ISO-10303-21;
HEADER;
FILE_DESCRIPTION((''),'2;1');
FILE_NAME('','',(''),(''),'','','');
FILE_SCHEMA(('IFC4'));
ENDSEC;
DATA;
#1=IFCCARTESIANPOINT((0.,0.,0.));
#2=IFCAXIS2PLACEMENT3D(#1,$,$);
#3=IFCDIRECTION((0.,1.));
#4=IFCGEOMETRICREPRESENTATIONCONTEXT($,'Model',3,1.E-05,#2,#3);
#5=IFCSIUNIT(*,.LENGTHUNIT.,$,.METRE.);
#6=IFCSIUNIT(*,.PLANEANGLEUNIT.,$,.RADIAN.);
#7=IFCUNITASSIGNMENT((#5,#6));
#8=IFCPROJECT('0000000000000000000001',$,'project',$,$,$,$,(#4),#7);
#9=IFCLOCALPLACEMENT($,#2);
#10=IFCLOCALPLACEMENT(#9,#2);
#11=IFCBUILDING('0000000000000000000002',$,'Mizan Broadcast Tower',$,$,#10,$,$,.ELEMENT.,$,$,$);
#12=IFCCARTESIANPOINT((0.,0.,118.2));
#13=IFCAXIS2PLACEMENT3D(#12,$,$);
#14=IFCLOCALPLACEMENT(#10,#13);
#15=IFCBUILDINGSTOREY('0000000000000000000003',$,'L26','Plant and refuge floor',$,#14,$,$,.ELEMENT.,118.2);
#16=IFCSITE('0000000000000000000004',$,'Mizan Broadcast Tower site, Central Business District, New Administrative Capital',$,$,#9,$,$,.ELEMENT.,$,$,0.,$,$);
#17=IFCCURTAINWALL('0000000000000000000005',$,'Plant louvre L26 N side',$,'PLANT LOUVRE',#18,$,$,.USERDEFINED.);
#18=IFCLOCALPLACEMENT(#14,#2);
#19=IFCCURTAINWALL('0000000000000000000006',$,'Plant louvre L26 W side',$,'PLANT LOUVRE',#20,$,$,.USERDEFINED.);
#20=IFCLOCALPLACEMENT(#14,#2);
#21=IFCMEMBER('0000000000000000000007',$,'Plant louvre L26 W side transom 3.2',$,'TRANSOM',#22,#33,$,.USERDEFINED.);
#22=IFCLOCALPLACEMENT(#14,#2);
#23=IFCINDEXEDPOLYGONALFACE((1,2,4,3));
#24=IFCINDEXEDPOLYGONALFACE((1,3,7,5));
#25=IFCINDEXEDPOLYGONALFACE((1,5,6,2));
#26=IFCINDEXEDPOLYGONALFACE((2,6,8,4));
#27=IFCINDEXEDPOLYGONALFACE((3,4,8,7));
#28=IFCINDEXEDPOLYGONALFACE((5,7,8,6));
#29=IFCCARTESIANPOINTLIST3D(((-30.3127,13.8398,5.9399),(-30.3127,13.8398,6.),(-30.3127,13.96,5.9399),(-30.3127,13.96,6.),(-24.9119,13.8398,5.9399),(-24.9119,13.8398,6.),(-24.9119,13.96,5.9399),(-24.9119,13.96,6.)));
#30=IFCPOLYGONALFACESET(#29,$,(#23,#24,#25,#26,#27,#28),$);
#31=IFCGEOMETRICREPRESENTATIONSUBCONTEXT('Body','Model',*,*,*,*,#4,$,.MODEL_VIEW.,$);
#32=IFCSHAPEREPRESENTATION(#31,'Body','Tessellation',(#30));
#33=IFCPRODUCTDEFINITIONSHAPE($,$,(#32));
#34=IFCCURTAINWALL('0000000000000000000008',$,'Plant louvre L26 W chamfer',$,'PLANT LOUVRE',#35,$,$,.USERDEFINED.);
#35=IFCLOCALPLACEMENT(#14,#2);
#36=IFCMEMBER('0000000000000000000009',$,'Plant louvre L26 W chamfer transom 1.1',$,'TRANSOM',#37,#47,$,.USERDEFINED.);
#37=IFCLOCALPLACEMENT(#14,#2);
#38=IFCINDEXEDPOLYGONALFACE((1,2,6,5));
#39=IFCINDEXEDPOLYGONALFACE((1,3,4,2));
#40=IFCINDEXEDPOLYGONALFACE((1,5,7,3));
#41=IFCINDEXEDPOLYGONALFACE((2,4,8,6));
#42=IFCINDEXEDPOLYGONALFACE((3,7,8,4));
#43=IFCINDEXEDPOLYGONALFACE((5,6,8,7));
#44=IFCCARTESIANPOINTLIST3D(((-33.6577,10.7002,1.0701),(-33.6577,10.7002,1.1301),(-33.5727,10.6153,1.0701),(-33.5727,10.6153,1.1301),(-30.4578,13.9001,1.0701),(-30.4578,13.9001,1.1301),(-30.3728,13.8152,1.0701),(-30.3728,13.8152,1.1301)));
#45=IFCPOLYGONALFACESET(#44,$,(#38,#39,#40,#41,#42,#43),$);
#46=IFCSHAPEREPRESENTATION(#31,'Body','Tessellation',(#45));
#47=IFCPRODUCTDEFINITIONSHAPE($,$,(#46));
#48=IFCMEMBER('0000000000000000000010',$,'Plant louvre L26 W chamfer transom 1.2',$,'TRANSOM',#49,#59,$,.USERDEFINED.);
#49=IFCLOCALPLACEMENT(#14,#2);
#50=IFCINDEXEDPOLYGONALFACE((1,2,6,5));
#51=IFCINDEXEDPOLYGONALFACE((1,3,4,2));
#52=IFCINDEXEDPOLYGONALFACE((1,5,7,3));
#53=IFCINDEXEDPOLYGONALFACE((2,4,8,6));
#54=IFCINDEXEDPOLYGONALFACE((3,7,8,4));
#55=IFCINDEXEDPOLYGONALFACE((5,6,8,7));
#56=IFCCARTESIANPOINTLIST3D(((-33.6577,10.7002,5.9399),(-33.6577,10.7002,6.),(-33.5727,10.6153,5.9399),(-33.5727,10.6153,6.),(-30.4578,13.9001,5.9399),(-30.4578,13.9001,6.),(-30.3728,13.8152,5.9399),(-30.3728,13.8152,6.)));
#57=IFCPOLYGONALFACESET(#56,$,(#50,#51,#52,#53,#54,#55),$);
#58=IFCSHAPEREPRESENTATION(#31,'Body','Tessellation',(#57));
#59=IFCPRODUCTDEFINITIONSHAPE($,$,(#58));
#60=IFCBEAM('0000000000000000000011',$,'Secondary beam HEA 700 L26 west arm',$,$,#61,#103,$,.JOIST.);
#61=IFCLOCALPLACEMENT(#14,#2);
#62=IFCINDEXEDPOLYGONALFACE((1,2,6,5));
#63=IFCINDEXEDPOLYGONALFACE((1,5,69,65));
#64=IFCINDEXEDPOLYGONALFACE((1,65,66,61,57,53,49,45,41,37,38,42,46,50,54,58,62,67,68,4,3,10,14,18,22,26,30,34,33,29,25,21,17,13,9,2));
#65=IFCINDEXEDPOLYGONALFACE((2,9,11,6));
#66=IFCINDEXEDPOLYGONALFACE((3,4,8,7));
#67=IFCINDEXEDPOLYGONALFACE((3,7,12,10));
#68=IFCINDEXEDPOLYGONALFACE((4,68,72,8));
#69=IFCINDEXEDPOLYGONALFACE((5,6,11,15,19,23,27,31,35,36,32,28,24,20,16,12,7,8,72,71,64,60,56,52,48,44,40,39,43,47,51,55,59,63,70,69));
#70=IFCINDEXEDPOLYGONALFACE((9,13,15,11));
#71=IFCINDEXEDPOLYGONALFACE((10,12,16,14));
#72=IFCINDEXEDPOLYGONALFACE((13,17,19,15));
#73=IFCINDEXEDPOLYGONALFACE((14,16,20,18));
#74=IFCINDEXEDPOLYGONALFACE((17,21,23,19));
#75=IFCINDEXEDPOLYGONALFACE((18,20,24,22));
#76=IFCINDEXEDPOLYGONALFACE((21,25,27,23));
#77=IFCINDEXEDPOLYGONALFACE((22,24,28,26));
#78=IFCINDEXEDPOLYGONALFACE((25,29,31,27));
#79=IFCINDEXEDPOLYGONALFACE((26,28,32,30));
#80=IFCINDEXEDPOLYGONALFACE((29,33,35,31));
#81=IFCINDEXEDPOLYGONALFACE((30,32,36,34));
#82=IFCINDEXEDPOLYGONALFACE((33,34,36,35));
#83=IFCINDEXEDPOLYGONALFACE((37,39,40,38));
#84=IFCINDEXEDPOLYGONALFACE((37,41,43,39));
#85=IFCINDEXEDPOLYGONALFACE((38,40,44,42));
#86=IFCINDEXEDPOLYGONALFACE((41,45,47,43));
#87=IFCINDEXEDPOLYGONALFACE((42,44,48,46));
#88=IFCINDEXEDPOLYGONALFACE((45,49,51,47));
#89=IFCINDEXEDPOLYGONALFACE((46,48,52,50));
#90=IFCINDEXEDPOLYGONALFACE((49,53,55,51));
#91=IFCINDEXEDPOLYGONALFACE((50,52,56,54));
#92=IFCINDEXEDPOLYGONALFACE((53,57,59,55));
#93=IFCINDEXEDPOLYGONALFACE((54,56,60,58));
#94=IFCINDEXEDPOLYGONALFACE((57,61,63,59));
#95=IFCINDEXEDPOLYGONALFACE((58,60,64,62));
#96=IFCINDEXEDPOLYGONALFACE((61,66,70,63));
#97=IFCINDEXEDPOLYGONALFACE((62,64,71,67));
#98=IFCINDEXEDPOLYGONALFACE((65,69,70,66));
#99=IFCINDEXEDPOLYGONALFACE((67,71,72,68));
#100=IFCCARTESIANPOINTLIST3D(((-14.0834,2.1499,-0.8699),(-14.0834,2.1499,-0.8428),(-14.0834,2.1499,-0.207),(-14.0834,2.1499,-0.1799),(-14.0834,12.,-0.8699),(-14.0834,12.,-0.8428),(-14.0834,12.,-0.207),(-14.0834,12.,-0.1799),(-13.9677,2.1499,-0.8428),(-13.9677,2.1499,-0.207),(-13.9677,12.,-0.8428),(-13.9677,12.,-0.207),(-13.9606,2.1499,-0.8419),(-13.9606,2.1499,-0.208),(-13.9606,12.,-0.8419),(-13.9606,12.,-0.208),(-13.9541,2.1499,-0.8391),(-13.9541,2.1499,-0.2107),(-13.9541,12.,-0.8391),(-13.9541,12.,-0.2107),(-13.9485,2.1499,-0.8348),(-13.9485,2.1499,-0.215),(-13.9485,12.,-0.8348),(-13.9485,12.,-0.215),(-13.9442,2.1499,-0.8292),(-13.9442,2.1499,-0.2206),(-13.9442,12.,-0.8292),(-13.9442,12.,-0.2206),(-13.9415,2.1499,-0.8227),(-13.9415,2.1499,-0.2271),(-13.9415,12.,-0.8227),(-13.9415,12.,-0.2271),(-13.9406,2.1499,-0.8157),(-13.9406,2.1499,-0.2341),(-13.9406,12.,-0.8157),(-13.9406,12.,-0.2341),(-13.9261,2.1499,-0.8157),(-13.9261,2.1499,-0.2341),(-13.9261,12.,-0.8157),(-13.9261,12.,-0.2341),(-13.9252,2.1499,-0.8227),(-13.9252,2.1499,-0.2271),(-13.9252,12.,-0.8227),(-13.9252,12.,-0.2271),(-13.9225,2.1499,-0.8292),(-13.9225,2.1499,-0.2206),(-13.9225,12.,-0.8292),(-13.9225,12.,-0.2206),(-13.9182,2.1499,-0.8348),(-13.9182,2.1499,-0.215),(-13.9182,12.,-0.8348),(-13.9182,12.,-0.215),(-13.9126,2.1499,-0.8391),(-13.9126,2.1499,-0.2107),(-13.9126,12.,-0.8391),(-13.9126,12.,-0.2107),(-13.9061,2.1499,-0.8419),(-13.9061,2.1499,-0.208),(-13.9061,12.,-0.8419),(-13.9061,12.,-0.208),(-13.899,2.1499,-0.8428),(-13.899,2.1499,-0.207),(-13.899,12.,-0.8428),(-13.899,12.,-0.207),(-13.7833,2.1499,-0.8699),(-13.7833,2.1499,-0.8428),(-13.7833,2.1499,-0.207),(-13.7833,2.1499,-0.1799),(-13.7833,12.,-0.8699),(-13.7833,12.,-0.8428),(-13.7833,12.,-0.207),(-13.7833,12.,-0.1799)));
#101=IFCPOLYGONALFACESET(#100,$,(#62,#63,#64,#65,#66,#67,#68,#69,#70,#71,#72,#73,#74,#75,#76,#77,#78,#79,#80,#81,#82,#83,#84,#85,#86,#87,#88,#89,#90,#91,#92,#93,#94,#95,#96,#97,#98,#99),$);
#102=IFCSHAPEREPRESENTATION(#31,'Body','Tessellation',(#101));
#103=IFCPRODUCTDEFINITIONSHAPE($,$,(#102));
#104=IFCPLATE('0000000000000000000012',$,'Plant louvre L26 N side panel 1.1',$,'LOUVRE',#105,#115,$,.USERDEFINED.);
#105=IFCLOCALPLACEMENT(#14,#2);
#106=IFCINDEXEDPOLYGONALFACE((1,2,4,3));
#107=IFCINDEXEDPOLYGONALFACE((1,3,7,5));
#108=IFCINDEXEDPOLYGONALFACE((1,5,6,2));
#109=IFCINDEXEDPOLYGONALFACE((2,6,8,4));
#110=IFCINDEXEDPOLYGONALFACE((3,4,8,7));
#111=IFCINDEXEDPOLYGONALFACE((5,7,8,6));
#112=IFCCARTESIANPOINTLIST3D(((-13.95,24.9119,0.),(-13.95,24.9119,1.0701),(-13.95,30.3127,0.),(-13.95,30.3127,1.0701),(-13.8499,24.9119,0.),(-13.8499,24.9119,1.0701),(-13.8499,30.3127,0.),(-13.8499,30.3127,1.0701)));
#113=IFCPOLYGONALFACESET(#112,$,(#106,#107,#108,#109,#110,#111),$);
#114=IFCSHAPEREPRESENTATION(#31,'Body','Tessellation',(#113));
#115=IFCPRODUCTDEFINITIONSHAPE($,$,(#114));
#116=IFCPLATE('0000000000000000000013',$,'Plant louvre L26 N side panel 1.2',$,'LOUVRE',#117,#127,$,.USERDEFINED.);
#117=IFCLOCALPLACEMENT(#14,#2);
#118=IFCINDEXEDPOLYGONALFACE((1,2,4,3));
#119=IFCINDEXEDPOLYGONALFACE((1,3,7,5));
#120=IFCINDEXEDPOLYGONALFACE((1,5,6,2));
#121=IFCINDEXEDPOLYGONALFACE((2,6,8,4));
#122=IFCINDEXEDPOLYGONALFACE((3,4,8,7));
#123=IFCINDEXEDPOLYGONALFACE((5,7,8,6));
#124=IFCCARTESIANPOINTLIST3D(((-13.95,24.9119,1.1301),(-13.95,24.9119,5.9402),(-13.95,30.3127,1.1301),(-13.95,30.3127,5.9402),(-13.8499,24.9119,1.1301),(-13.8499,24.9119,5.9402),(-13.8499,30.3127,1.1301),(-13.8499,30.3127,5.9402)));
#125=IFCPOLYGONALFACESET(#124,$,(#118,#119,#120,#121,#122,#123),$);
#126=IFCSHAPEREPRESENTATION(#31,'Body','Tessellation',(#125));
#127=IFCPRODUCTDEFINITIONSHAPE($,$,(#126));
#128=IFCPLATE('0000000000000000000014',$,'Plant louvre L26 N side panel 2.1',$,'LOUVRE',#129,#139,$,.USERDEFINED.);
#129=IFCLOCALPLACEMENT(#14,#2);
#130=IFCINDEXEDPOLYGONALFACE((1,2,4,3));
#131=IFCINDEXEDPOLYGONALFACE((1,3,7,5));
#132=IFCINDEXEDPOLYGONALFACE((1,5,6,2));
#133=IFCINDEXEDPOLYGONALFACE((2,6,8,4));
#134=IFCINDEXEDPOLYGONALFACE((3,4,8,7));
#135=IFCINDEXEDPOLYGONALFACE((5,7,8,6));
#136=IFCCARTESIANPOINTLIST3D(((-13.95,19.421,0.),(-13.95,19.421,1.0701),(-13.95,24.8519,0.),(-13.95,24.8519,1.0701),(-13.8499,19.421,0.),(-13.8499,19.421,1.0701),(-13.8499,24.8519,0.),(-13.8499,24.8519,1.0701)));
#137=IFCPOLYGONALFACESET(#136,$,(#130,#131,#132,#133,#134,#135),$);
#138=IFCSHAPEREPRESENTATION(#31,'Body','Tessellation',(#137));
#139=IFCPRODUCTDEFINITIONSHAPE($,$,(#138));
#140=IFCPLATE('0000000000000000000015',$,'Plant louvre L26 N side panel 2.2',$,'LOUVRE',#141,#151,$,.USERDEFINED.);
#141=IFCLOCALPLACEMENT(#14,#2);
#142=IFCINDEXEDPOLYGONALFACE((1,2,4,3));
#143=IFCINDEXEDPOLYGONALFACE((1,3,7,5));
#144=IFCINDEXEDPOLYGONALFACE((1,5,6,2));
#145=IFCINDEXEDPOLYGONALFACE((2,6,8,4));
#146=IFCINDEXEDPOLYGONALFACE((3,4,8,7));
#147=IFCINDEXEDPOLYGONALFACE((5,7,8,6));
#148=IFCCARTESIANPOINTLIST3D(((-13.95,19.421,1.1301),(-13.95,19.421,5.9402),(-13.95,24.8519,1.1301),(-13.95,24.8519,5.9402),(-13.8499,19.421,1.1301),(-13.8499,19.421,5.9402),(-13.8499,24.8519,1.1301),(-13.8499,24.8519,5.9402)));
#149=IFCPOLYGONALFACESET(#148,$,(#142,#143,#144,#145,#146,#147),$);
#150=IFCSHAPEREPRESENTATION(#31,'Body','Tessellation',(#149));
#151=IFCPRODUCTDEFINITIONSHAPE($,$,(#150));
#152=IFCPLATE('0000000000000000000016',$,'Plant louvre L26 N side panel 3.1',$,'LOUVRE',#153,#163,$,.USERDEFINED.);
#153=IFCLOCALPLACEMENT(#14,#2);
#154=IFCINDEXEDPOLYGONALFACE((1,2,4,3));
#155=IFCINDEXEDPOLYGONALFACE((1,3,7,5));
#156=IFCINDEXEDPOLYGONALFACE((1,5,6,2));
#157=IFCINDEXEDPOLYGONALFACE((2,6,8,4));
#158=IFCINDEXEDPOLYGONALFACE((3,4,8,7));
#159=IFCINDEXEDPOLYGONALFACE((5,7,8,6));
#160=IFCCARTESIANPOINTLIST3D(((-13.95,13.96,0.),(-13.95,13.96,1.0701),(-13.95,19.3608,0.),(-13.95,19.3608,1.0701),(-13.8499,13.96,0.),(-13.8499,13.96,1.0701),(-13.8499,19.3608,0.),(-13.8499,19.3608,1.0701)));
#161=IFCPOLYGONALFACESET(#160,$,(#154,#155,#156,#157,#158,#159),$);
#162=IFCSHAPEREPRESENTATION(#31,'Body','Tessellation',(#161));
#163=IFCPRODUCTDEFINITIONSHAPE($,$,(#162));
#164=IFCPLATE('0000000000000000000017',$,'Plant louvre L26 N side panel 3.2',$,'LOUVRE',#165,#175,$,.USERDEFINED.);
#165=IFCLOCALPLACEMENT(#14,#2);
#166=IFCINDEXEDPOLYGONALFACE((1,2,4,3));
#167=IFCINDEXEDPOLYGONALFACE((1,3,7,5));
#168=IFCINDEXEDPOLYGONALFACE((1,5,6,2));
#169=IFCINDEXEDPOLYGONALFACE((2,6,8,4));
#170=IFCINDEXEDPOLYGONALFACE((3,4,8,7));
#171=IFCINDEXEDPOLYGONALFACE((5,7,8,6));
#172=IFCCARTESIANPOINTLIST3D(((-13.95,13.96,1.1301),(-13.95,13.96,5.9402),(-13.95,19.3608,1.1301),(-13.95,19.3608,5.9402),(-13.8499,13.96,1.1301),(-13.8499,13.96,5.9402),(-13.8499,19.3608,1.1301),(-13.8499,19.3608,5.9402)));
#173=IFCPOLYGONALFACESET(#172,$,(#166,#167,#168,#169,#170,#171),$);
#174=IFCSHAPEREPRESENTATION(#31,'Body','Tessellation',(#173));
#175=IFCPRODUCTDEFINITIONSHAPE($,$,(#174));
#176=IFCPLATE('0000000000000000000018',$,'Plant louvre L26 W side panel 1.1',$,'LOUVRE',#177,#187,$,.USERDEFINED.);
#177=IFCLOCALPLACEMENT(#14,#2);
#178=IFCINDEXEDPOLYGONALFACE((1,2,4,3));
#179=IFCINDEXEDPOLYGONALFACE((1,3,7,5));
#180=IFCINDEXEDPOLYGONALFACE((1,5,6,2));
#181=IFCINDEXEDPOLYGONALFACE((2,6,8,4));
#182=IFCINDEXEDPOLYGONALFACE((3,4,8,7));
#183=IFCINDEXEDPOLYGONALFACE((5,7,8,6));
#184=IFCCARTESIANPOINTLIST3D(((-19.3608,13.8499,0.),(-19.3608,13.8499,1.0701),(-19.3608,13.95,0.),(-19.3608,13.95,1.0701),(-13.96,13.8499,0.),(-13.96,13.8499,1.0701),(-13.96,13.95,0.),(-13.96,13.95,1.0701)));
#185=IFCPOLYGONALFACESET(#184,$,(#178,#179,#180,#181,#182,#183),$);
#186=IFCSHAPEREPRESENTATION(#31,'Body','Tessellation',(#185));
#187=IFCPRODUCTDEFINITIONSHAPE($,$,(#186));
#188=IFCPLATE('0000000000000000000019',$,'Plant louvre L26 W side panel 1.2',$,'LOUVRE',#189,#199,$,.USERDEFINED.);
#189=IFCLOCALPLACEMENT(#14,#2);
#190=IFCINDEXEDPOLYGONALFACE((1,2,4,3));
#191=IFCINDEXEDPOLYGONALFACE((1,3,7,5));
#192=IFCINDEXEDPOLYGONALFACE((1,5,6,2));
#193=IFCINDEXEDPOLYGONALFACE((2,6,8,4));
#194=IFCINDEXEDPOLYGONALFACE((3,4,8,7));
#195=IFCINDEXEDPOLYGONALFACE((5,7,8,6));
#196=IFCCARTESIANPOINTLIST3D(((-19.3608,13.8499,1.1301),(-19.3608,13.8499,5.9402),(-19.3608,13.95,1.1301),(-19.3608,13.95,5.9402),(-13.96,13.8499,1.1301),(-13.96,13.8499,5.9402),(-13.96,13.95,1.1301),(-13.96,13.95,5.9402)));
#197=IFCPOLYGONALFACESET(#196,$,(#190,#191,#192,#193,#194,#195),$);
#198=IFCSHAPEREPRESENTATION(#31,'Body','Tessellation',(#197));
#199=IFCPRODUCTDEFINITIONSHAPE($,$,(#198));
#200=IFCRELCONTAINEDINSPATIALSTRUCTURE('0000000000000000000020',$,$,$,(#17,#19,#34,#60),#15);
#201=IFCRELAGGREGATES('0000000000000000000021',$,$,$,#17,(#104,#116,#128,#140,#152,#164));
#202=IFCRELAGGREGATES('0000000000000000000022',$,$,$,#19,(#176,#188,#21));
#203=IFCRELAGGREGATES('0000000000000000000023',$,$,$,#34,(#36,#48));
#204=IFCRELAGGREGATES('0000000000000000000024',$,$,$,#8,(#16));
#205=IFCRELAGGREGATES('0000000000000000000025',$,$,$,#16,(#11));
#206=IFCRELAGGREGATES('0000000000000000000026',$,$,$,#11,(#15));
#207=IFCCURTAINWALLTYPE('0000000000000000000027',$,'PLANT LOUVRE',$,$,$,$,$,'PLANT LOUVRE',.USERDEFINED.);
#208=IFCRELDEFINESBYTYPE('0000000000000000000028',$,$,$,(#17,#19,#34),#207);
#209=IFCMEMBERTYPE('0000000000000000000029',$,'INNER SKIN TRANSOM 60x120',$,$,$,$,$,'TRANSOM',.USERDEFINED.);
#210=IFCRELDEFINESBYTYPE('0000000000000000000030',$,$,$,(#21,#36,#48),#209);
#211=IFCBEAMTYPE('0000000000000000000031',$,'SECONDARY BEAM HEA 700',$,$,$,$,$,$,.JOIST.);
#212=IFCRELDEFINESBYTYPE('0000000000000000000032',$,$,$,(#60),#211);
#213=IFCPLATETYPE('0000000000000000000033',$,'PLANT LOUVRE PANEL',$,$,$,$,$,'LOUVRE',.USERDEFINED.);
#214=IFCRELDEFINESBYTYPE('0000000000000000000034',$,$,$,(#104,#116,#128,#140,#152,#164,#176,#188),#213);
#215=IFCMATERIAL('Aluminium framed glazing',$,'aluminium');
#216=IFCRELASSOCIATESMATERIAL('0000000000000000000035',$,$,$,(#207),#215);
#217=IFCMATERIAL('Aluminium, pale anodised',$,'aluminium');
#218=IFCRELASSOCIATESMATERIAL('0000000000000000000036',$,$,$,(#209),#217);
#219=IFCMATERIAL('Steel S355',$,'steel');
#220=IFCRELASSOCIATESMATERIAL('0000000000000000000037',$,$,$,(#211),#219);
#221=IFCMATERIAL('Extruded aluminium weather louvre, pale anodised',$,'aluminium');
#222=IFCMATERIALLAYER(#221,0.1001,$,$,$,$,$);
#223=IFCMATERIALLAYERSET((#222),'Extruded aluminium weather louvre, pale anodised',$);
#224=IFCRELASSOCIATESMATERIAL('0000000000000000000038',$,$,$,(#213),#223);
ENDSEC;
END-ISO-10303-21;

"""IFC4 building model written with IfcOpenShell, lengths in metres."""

from ifc_helpers import new_model, si_unit, direction, frame, origin, origin_2d, place, context, subcontext, project, spatial, rectangle, i_section, extrude, material, layer, layer_set, material_profile, profile_set, type_object, element, aggregate, save


model = new_model("IFC4")

# Units and contexts
model_context = context("Model", 3, precision=1e-05, world=origin(), true_north=direction((0.0, 1.0)))
body_context = subcontext(model_context, "Body", "Model", "MODEL_VIEW")
ifc_project = project(units=[si_unit("LENGTHUNIT", "METRE"), si_unit("PLANEANGLEUNIT", "RADIAN")], contexts=[model_context])

# Site, building, storey
site_placement = place(None, origin())
site = spatial("IfcSite", under=ifc_project, at=site_placement, Name="Mizan Broadcast Tower site, Central Business District, New Administrative Capital", CompositionType="ELEMENT", RefElevation=0.0)
building_placement = place(site_placement, origin())
building = spatial("IfcBuilding", under=site, at=building_placement, Name="Mizan Broadcast Tower", CompositionType="ELEMENT")
storey_placement = place(building_placement, frame((0.0, 0.0, 118.2)))
storey = spatial("IfcBuildingStorey", under=building, at=storey_placement, Name="L26", Description="Plant and refuge floor", CompositionType="ELEMENT", Elevation=118.2)

# Curtain walls
ifc_material_1 = material(Name="Aluminium framed glazing", Category="aluminium")
curtain_wall_type = type_object("IfcCurtainWallType", Name="PLANT LOUVRE", ElementType="PLANT LOUVRE", PredefinedType="USERDEFINED", material=ifc_material_1)
curtain_wall_1_placement = place(storey_placement, origin())
curtain_wall_1 = element("IfcCurtainWall", 1, at=curtain_wall_1_placement, inside=storey, type_object=curtain_wall_type, Name="Plant louvre L26 N side", ObjectType="PLANT LOUVRE", PredefinedType="USERDEFINED")
curtain_wall_2_placement = place(storey_placement, origin())
curtain_wall_2 = element("IfcCurtainWall", 2, at=curtain_wall_2_placement, inside=storey, type_object=curtain_wall_type, Name="Plant louvre L26 W side", ObjectType="PLANT LOUVRE", PredefinedType="USERDEFINED")

# Member
ifc_material_2 = material(Name="Aluminium, pale anodised", Category="aluminium")
ifc_material_profile_1 = material_profile(ifc_material_2, rectangle(XDim=0.1201, YDim=0.0601, at=origin_2d()), Name="TRANSOM 120x60")
ifc_profile_set_1 = profile_set([ifc_material_profile_1], Name="Aluminium, pale anodised")
member_type_1 = type_object("IfcMemberType", Name="INNER SKIN TRANSOM 60x120", ElementType="TRANSOM", PredefinedType="USERDEFINED", material=ifc_profile_set_1)
member_1_placement = place(storey_placement, frame((-24.9119, 13.8999, 5.97), z_axis=(-1.0, 0.0, 0.0), x_axis=(0.0, -1.0, 0.0)))
member_1 = element("IfcMember", 3, at=member_1_placement, type_object=member_type_1, Name="Plant louvre L26 W side transom 3.2", ObjectType="TRANSOM", PredefinedType="USERDEFINED", context=body_context, shape_type="SweptSolid", body=[
    extrude(rectangle(XDim=0.1201, YDim=0.0601, at=origin_2d()), origin(), (0.0, 0.0, 1.0), 5.4009),
])

# Curtain wall, members
curtain_wall_3_placement = place(storey_placement, origin())
curtain_wall_3 = element("IfcCurtainWall", 4, at=curtain_wall_3_placement, inside=storey, type_object=curtain_wall_type, Name="Plant louvre L26 W chamfer", ObjectType="PLANT LOUVRE", PredefinedType="USERDEFINED")
member_2_placement = place(storey_placement, frame((-30.4153, 13.8577, 1.1001), z_axis=(-0.707107, -0.707107, 0.0), x_axis=(0.707107, -0.707107, 0.0)))
member_2 = element("IfcMember", 5, at=member_2_placement, type_object=member_type_1, Name="Plant louvre L26 W chamfer transom 1.1", ObjectType="TRANSOM", PredefinedType="USERDEFINED", context=body_context, shape_type="SweptSolid", body=[
    extrude(rectangle(XDim=0.1201, YDim=0.0601, at=origin_2d()), origin(), (0.0, 0.0, 1.0), 4.5254),
])
member_3_placement = place(storey_placement, frame((-30.4153, 13.8577, 5.97), z_axis=(-0.707107, -0.707107, 0.0), x_axis=(0.707107, -0.707107, 0.0)))
member_3 = element("IfcMember", 6, at=member_3_placement, type_object=member_type_1, Name="Plant louvre L26 W chamfer transom 1.2", ObjectType="TRANSOM", PredefinedType="USERDEFINED", context=body_context, shape_type="SweptSolid", body=[
    extrude(rectangle(XDim=0.1201, YDim=0.0601, at=origin_2d()), origin(), (0.0, 0.0, 1.0), 4.5254),
])

# Beam
ifc_material_3 = material(Name="Steel S355", Category="steel")
ifc_material_profile_2 = material_profile(ifc_material_3, i_section(OverallWidth=0.3, OverallDepth=0.6899, WebThickness=0.0144, FlangeThickness=0.0271, FilletRadius=0.0271, at=origin_2d()), Name="HEA 700")
ifc_profile_set_2 = profile_set([ifc_material_profile_2], Name="Steel S355")
beam_type = type_object("IfcBeamType", Name="SECONDARY BEAM HEA 700", PredefinedType="JOIST", material=ifc_profile_set_2)
beam_placement = place(storey_placement, frame((-13.9333, 12.0, -0.5249), z_axis=(0.0, -1.0, 0.0), x_axis=(1.0, 0.0, 0.0)))
element("IfcBeam", 7, at=beam_placement, inside=storey, type_object=beam_type, Name="Secondary beam HEA 700 L26 west arm", PredefinedType="JOIST", context=body_context, shape_type="SweptSolid", body=[
    extrude(i_section(OverallWidth=0.3, OverallDepth=0.6899, WebThickness=0.0144, FlangeThickness=0.0271, FilletRadius=0.0271, at=origin_2d()), origin(), (0.0, 0.0, 1.0), 9.8501),
])

# Plates
ifc_material_4 = material(Name="Extruded aluminium weather louvre, pale anodised", Category="aluminium")
ifc_layer = layer(ifc_material_4, 0.1001)
ifc_layer_set = layer_set([ifc_layer], Name="Extruded aluminium weather louvre, pale anodised")
plate_type = type_object("IfcPlateType", Name="PLANT LOUVRE PANEL", ElementType="LOUVRE", PredefinedType="USERDEFINED", material=ifc_layer_set)
plate_1_placement = place(storey_placement, frame((-13.8999, 27.6123, 0.0), z_axis=(0.0, 0.0, 1.0), x_axis=(0.0, -1.0, 0.0)))
plate_1 = element("IfcPlate", 8, at=plate_1_placement, type_object=plate_type, Name="Plant louvre L26 N side panel 1.1", ObjectType="LOUVRE", PredefinedType="USERDEFINED", context=body_context, shape_type="SweptSolid", body=[
    extrude(rectangle(XDim=5.4009, YDim=0.1001, at=origin_2d()), origin(), (0.0, 0.0, 1.0), 1.0701),
])
plate_2_placement = place(storey_placement, frame((-13.8999, 27.6123, 1.1301), z_axis=(0.0, 0.0, 1.0), x_axis=(0.0, -1.0, 0.0)))
plate_2 = element("IfcPlate", 9, at=plate_2_placement, type_object=plate_type, Name="Plant louvre L26 N side panel 1.2", ObjectType="LOUVRE", PredefinedType="USERDEFINED", context=body_context, shape_type="SweptSolid", body=[
    extrude(rectangle(XDim=5.4009, YDim=0.1001, at=origin_2d()), origin(), (0.0, 0.0, 1.0), 4.8101),
])
plate_3_placement = place(storey_placement, frame((-13.8999, 22.1365, 0.0), z_axis=(0.0, 0.0, 1.0), x_axis=(0.0, -1.0, 0.0)))
plate_3 = element("IfcPlate", 10, at=plate_3_placement, type_object=plate_type, Name="Plant louvre L26 N side panel 2.1", ObjectType="LOUVRE", PredefinedType="USERDEFINED", context=body_context, shape_type="SweptSolid", body=[
    extrude(rectangle(XDim=5.4309, YDim=0.1001, at=origin_2d()), origin(), (0.0, 0.0, 1.0), 1.0701),
])
plate_4_placement = place(storey_placement, frame((-13.8999, 22.1365, 1.1301), z_axis=(0.0, 0.0, 1.0), x_axis=(0.0, -1.0, 0.0)))
plate_4 = element("IfcPlate", 11, at=plate_4_placement, type_object=plate_type, Name="Plant louvre L26 N side panel 2.2", ObjectType="LOUVRE", PredefinedType="USERDEFINED", context=body_context, shape_type="SweptSolid", body=[
    extrude(rectangle(XDim=5.4309, YDim=0.1001, at=origin_2d()), origin(), (0.0, 0.0, 1.0), 4.8101),
])
plate_5_placement = place(storey_placement, frame((-13.8999, 16.6604, 0.0), z_axis=(0.0, 0.0, 1.0), x_axis=(0.0, -1.0, 0.0)))
plate_5 = element("IfcPlate", 12, at=plate_5_placement, type_object=plate_type, Name="Plant louvre L26 N side panel 3.1", ObjectType="LOUVRE", PredefinedType="USERDEFINED", context=body_context, shape_type="SweptSolid", body=[
    extrude(rectangle(XDim=5.4009, YDim=0.1001, at=origin_2d()), origin(), (0.0, 0.0, 1.0), 1.0701),
])
plate_6_placement = place(storey_placement, frame((-13.8999, 16.6604, 1.1301), z_axis=(0.0, 0.0, 1.0), x_axis=(0.0, -1.0, 0.0)))
plate_6 = element("IfcPlate", 13, at=plate_6_placement, type_object=plate_type, Name="Plant louvre L26 N side panel 3.2", ObjectType="LOUVRE", PredefinedType="USERDEFINED", context=body_context, shape_type="SweptSolid", body=[
    extrude(rectangle(XDim=5.4009, YDim=0.1001, at=origin_2d()), origin(), (0.0, 0.0, 1.0), 4.8101),
])
aggregate(curtain_wall_1, [plate_1, plate_2, plate_3, plate_4, plate_5, plate_6])
plate_7_placement = place(storey_placement, frame((-16.6604, 13.8999, 0.0), z_axis=(0.0, 0.0, 1.0), x_axis=(-1.0, 0.0, 0.0)))
plate_7 = element("IfcPlate", 14, at=plate_7_placement, type_object=plate_type, Name="Plant louvre L26 W side panel 1.1", ObjectType="LOUVRE", PredefinedType="USERDEFINED", context=body_context, shape_type="SweptSolid", body=[
    extrude(rectangle(XDim=5.4009, YDim=0.1001, at=origin_2d()), origin(), (0.0, 0.0, 1.0), 1.0701),
])
plate_8_placement = place(storey_placement, frame((-16.6604, 13.8999, 1.1301), z_axis=(0.0, 0.0, 1.0), x_axis=(-1.0, 0.0, 0.0)))
plate_8 = element("IfcPlate", 15, at=plate_8_placement, type_object=plate_type, Name="Plant louvre L26 W side panel 1.2", ObjectType="LOUVRE", PredefinedType="USERDEFINED", context=body_context, shape_type="SweptSolid", body=[
    extrude(rectangle(XDim=5.4009, YDim=0.1001, at=origin_2d()), origin(), (0.0, 0.0, 1.0), 4.8101),
])
aggregate(curtain_wall_2, [plate_7, plate_8, member_1])
aggregate(curtain_wall_3, [member_2, member_3])

save(model, "model.ifc")
